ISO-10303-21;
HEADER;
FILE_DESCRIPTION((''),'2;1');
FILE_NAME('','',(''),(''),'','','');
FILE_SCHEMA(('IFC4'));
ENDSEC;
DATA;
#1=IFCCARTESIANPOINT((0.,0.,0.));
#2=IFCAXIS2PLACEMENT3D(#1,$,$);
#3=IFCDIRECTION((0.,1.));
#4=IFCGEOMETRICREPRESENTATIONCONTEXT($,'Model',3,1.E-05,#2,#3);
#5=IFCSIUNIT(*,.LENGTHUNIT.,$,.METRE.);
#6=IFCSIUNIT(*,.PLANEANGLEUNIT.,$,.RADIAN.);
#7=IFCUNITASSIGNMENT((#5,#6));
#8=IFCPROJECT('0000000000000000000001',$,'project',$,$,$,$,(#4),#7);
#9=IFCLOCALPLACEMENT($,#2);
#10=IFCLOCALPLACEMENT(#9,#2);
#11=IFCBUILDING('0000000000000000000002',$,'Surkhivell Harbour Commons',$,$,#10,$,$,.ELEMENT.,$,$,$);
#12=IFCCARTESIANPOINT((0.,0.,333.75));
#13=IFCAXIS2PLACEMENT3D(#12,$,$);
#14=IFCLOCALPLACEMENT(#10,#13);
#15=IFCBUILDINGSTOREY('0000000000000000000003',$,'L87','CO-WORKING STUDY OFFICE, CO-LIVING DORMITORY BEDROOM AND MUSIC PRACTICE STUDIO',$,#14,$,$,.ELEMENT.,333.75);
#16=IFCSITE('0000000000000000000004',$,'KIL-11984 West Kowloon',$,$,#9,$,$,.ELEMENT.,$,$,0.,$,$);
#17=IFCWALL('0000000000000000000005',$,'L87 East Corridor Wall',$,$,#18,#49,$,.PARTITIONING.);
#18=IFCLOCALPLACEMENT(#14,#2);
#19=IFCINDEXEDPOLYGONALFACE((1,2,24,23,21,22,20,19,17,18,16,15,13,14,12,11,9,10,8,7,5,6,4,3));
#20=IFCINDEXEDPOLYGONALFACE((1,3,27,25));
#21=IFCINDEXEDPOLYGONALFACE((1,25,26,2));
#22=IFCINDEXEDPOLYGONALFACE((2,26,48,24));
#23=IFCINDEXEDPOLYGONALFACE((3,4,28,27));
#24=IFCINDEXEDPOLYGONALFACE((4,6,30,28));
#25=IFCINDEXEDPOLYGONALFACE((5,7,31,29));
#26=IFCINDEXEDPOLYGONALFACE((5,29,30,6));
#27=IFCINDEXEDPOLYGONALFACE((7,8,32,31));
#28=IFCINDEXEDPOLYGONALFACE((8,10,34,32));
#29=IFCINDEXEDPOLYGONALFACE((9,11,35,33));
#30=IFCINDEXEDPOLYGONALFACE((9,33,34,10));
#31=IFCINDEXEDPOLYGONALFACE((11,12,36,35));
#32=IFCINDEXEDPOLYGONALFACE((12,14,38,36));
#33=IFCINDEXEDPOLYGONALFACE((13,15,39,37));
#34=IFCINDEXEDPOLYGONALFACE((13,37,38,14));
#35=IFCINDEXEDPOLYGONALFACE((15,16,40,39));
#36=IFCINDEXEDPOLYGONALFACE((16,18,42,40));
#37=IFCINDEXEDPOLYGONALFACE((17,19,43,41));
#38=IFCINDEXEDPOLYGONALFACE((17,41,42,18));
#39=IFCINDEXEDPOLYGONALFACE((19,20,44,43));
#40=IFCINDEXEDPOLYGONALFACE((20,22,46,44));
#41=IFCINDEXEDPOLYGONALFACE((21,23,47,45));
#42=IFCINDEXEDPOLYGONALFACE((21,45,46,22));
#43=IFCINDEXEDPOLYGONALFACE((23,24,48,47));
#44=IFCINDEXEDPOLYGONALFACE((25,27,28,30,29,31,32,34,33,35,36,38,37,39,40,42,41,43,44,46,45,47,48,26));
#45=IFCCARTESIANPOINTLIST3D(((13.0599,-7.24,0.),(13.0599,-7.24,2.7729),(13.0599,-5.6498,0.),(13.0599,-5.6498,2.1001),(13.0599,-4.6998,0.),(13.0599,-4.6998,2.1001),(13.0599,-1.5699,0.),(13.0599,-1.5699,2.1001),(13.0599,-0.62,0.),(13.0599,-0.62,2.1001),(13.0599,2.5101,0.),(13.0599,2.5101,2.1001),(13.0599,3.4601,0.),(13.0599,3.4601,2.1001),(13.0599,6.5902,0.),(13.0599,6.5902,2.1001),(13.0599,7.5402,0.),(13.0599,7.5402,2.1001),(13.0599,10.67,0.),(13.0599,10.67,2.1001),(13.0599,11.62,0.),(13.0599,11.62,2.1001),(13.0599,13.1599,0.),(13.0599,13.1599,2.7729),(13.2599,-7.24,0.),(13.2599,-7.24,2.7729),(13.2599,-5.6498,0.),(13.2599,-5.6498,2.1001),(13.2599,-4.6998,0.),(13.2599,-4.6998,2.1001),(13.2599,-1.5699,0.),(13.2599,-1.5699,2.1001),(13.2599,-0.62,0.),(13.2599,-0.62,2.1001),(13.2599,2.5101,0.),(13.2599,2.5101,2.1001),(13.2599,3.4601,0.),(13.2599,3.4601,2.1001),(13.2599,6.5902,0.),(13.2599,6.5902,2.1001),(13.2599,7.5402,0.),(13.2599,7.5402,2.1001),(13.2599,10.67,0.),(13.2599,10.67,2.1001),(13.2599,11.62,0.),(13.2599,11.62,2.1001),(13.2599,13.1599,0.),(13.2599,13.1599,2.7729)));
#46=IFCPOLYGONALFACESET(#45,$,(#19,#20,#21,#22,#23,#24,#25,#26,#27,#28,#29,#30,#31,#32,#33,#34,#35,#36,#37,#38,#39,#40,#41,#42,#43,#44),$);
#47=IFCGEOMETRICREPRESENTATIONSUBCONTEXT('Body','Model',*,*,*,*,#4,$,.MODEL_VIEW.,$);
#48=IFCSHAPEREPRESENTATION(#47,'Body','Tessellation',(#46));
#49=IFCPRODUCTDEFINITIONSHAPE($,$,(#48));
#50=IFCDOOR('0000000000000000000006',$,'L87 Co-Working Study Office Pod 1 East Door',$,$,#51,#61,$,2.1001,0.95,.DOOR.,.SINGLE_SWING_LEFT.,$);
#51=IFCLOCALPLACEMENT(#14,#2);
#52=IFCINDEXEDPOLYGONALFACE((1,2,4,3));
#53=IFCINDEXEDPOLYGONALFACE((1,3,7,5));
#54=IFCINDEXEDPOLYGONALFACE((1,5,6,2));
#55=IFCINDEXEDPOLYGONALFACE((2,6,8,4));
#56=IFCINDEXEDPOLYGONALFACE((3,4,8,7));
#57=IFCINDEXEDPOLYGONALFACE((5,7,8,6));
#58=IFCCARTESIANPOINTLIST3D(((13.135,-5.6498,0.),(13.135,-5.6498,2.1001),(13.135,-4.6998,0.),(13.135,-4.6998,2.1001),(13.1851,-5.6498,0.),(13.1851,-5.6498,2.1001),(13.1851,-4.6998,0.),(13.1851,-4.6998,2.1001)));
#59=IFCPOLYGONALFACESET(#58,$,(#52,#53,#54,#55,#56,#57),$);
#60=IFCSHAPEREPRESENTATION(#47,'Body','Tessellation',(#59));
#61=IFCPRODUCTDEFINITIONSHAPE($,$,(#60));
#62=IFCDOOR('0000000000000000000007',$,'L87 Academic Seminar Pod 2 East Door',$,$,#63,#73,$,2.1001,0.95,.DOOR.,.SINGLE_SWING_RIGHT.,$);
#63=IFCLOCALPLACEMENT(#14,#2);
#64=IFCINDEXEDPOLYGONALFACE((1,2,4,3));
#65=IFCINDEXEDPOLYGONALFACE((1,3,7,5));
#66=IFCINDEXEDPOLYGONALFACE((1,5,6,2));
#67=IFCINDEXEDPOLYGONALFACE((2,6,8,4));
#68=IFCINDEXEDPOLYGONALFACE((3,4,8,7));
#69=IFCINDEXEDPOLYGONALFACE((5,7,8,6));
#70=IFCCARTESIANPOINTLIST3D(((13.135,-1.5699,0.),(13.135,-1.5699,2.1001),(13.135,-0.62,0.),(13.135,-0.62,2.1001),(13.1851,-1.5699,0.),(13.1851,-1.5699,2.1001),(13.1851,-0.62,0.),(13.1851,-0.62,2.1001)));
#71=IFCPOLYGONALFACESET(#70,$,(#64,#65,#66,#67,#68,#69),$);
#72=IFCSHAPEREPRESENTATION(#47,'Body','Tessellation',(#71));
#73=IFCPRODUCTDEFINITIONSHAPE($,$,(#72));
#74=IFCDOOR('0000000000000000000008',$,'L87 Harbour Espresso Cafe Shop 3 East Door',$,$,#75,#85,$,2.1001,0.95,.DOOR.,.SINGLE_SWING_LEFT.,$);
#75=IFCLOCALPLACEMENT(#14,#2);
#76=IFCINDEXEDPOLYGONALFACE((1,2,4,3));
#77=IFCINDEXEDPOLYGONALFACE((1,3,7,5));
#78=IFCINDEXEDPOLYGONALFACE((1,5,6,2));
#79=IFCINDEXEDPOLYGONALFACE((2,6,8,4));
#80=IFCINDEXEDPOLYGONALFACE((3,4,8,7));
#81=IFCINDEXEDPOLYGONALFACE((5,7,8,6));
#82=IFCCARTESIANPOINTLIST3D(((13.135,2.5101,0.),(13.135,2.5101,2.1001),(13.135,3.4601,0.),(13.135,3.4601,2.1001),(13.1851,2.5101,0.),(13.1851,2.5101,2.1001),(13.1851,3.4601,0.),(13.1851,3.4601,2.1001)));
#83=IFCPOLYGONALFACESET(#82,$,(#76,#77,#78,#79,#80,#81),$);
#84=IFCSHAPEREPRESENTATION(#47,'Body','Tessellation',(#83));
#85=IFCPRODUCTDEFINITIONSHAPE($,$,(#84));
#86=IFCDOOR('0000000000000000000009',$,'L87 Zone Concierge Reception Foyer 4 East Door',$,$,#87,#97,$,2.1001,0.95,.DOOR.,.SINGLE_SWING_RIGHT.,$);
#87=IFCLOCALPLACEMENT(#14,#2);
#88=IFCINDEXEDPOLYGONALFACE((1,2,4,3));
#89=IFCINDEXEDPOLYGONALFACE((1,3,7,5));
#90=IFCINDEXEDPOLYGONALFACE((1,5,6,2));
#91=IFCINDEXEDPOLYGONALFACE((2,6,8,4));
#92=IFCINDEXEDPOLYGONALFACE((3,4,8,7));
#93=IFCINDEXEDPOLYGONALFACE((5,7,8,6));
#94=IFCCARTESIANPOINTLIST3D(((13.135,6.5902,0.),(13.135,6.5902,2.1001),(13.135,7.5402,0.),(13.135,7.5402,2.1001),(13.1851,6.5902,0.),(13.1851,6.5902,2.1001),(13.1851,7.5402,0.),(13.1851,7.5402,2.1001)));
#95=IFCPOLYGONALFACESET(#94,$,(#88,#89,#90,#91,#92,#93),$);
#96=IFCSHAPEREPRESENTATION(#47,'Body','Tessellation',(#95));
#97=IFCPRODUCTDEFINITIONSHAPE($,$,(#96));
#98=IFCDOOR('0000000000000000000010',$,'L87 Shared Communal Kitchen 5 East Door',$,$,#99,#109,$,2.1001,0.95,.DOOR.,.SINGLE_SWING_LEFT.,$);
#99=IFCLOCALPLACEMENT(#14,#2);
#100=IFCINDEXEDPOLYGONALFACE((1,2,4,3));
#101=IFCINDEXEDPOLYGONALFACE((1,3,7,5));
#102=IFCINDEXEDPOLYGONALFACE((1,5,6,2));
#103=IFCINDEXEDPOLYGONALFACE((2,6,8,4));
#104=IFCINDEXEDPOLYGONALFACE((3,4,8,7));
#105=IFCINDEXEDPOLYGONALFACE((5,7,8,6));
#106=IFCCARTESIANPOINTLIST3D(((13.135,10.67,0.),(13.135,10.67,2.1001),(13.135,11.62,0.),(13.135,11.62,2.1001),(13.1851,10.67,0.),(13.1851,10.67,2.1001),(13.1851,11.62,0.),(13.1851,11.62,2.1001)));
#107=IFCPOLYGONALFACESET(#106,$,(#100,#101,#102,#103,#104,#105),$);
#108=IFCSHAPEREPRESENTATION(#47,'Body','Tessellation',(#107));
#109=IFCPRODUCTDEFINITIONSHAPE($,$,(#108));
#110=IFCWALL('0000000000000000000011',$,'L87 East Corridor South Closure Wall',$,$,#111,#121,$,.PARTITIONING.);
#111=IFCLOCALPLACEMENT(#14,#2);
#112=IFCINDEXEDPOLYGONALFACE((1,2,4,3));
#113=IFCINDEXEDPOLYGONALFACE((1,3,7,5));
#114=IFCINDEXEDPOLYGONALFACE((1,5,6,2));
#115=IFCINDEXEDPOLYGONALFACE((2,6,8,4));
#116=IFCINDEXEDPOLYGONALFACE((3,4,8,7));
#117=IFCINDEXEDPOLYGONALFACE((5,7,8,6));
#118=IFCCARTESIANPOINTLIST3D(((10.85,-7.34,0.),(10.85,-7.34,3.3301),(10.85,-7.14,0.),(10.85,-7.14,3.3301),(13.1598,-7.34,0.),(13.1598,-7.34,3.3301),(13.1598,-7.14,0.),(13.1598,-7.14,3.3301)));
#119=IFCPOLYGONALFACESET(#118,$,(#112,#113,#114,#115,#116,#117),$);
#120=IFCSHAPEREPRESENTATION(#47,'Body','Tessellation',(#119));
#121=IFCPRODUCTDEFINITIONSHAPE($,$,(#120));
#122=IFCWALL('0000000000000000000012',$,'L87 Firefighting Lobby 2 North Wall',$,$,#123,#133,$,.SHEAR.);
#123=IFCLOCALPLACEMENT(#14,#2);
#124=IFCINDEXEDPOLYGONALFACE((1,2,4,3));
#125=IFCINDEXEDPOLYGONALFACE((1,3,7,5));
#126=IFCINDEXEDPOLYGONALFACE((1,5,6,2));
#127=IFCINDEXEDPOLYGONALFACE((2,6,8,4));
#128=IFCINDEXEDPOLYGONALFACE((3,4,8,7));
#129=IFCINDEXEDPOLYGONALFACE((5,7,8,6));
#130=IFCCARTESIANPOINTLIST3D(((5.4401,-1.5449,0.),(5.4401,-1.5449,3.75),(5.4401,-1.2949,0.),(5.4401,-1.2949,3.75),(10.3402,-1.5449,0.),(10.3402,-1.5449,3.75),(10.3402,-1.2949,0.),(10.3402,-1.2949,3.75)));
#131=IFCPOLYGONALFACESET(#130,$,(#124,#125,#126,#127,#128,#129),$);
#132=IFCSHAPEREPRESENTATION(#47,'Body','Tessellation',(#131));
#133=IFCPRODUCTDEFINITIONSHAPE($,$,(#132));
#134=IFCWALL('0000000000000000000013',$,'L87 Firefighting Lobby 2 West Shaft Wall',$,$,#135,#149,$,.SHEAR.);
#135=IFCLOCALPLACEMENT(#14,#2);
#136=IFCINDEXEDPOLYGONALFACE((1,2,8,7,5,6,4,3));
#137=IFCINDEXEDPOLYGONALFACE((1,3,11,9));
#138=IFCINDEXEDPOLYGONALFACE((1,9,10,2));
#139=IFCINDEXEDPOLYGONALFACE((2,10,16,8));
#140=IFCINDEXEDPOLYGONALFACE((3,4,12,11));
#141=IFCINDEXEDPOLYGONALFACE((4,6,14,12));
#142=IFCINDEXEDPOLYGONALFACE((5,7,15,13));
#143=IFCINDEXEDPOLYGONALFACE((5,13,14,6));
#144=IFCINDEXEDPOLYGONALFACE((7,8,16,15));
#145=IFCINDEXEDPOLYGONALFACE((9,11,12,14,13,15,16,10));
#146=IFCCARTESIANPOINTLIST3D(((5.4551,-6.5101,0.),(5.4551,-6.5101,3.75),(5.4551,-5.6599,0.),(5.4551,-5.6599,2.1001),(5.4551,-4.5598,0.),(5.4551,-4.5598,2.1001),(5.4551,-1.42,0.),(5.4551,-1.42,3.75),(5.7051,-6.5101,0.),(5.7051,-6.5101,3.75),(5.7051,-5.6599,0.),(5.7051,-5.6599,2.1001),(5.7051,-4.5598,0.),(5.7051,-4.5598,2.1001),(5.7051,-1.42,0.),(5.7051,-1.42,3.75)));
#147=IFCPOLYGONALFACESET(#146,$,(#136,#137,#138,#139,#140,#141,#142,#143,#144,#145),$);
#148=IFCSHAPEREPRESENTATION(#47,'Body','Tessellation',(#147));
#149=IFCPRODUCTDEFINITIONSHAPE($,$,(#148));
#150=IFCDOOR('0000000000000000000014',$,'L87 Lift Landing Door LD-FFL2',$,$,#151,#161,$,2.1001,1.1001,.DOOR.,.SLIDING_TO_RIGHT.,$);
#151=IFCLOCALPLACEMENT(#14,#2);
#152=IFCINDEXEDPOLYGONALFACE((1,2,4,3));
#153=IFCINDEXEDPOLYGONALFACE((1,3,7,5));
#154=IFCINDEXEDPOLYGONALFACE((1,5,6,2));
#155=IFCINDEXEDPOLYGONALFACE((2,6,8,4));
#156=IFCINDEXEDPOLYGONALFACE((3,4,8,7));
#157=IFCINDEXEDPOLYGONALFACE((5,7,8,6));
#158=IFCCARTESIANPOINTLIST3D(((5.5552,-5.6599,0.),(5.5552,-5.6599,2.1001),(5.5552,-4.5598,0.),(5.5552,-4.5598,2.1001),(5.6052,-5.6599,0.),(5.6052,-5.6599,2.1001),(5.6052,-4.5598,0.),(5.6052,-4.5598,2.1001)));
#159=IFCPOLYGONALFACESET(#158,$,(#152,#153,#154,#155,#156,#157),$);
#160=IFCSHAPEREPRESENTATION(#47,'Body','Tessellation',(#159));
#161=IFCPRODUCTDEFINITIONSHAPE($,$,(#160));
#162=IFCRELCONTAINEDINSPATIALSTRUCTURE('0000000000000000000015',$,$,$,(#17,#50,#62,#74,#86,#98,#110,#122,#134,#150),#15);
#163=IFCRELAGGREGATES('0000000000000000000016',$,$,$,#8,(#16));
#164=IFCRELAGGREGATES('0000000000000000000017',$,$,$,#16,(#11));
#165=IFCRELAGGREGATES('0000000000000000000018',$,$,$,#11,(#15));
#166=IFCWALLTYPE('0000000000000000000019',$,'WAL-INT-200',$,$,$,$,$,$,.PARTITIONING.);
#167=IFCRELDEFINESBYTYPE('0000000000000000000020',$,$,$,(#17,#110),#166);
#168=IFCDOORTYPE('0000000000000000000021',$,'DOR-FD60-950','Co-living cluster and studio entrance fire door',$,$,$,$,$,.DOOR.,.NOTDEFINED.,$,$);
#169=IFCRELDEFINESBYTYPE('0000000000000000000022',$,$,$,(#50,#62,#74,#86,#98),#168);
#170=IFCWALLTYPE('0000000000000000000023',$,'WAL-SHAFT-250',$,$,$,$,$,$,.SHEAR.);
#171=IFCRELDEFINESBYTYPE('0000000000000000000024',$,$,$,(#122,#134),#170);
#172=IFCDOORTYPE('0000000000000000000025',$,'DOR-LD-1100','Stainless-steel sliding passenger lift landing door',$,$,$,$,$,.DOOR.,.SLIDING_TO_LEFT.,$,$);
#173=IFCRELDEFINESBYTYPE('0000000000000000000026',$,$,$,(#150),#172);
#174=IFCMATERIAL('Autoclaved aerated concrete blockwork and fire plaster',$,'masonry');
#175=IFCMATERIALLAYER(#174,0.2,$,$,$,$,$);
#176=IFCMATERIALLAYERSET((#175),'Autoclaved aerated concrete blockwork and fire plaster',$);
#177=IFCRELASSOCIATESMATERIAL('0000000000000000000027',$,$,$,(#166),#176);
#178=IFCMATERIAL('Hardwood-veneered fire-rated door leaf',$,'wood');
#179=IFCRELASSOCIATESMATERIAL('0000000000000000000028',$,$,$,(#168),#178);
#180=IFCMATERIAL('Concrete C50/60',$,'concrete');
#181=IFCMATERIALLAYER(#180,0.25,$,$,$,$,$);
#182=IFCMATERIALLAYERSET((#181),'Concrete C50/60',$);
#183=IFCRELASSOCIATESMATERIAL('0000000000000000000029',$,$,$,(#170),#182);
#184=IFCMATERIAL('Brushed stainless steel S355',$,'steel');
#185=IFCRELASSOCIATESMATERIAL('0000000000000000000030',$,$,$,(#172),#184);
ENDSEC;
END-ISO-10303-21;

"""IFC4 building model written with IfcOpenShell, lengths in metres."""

from ifc_helpers import new_model, si_unit, direction, frame, frame_2d, origin, place, context, subcontext, project, spatial, rectangle, extrude, material, layer, layer_set, type_object, element, fill, save


model = new_model("IFC4")

# Units and contexts
model_context = context("Model", 3, precision=1e-05, world=origin(), true_north=direction((0.0, 1.0)))
body_context = subcontext(model_context, "Body", "Model", "MODEL_VIEW")
ifc_project = project(units=[si_unit("LENGTHUNIT", "METRE"), si_unit("PLANEANGLEUNIT", "RADIAN")], contexts=[model_context])

# Site, building, storey
site_placement = place(None, origin())
site = spatial("IfcSite", under=ifc_project, at=site_placement, Name="KIL-11984 West Kowloon", CompositionType="ELEMENT", RefElevation=0.0)
building_placement = place(site_placement, origin())
building = spatial("IfcBuilding", under=site, at=building_placement, Name="Surkhivell Harbour Commons", CompositionType="ELEMENT")
storey_placement = place(building_placement, frame((0.0, 0.0, 333.75)))
storey = spatial("IfcBuildingStorey", under=building, at=storey_placement, Name="L87", Description="CO-WORKING STUDY OFFICE, CO-LIVING DORMITORY BEDROOM AND MUSIC PRACTICE STUDIO", CompositionType="ELEMENT", Elevation=333.75)

# Shared definitions
ifc_material_1 = material(Name="Concrete C50/60", Category="concrete")

# Shared definitions
ifc_material_2 = material(Name="Hardwood-veneered fire-rated door leaf", Category="wood")

# Wall, openings, doors
ifc_material_3 = material(Name="Autoclaved aerated concrete blockwork and fire plaster", Category="masonry")
ifc_layer_1 = layer(ifc_material_3, 0.2)
ifc_layer_set_1 = layer_set([ifc_layer_1], Name="Autoclaved aerated concrete blockwork and fire plaster")
wall_type_1 = type_object("IfcWallType", Name="WAL-INT-200", PredefinedType="PARTITIONING", material=ifc_layer_set_1)
wall_1_placement = place(storey_placement, frame((13.1599, -7.24, 0.0), z_axis=(0.0, 0.0, 1.0), x_axis=(0.0, 1.0, 0.0)))
wall_1 = element("IfcWall", 1, at=wall_1_placement, inside=storey, type_object=wall_type_1, Name="L87 East Corridor Wall", PredefinedType="PARTITIONING", context=body_context, shape_type="SweptSolid", body=[
    extrude(rectangle(XDim=20.3999, YDim=0.2, at=frame_2d((10.2, 0.0))), origin(), (0.0, 0.0, 1.0), 2.7729),
])
opening_1_placement = place(wall_1_placement, frame((1.5901, 0.0, 0.0)))
opening_1 = element("IfcOpeningElement", 2, at=opening_1_placement, cuts=wall_1, PredefinedType="OPENING", context=body_context, shape_type="SweptSolid", body=[
    extrude(rectangle(XDim=0.95, YDim=2.1001, at=frame_2d((0.4751, 1.05))), frame((0.0, 0.1099, 0.0), z_axis=(0.0, -1.0, 0.0), x_axis=(1.0, 0.0, 0.0)), (0.0, 0.0, 1.0), 0.22),
])
opening_2_placement = place(wall_1_placement, frame((5.6699, 0.0, 0.0)))
opening_2 = element("IfcOpeningElement", 3, at=opening_2_placement, cuts=wall_1, PredefinedType="OPENING", context=body_context, shape_type="SweptSolid", body=[
    extrude(rectangle(XDim=0.95, YDim=2.1001, at=frame_2d((0.4751, 1.05))), frame((0.0, 0.1099, 0.0), z_axis=(0.0, -1.0, 0.0), x_axis=(1.0, 0.0, 0.0)), (0.0, 0.0, 1.0), 0.22),
])
opening_3_placement = place(wall_1_placement, frame((9.75, 0.0, 0.0)))
opening_3 = element("IfcOpeningElement", 4, at=opening_3_placement, cuts=wall_1, PredefinedType="OPENING", context=body_context, shape_type="SweptSolid", body=[
    extrude(rectangle(XDim=0.95, YDim=2.1001, at=frame_2d((0.4751, 1.05))), frame((0.0, 0.1099, 0.0), z_axis=(0.0, -1.0, 0.0), x_axis=(1.0, 0.0, 0.0)), (0.0, 0.0, 1.0), 0.22),
])
opening_4_placement = place(wall_1_placement, frame((13.8301, 0.0, 0.0)))
opening_4 = element("IfcOpeningElement", 5, at=opening_4_placement, cuts=wall_1, PredefinedType="OPENING", context=body_context, shape_type="SweptSolid", body=[
    extrude(rectangle(XDim=0.95, YDim=2.1001, at=frame_2d((0.4751, 1.05))), frame((0.0, 0.1099, 0.0), z_axis=(0.0, -1.0, 0.0), x_axis=(1.0, 0.0, 0.0)), (0.0, 0.0, 1.0), 0.22),
])
opening_5_placement = place(wall_1_placement, frame((17.9099, 0.0, 0.0)))
opening_5 = element("IfcOpeningElement", 6, at=opening_5_placement, cuts=wall_1, PredefinedType="OPENING", context=body_context, shape_type="SweptSolid", body=[
    extrude(rectangle(XDim=0.95, YDim=2.1001, at=frame_2d((0.4751, 1.05))), frame((0.0, 0.1099, 0.0), z_axis=(0.0, -1.0, 0.0), x_axis=(1.0, 0.0, 0.0)), (0.0, 0.0, 1.0), 0.22),
])
door_type_1 = type_object("IfcDoorType", Name="DOR-FD60-950", Description="Co-living cluster and studio entrance fire door", OperationType="NOTDEFINED", PredefinedType="DOOR", material=ifc_material_2)
door_1_placement = place(opening_1_placement, origin())
door_1 = element("IfcDoor", 7, at=door_1_placement, inside=storey, type_object=door_type_1, Name="L87 Co-Working Study Office Pod 1 East Door", OperationType="SINGLE_SWING_LEFT", OverallHeight=2.1001, OverallWidth=0.95, PredefinedType="DOOR", context=body_context, shape_type="SweptSolid", body=[
    extrude(rectangle(XDim=0.95, YDim=2.1001, at=frame_2d((0.4751, 1.05))), frame((0.0, 0.0249, 0.0), z_axis=(0.0, -1.0, 0.0), x_axis=(1.0, 0.0, 0.0)), (0.0, 0.0, 1.0), 0.05),
])
fill(opening_1, door_1)
door_2_placement = place(opening_2_placement, origin())
door_2 = element("IfcDoor", 8, at=door_2_placement, inside=storey, type_object=door_type_1, Name="L87 Academic Seminar Pod 2 East Door", OperationType="SINGLE_SWING_RIGHT", OverallHeight=2.1001, OverallWidth=0.95, PredefinedType="DOOR", context=body_context, shape_type="SweptSolid", body=[
    extrude(rectangle(XDim=0.95, YDim=2.1001, at=frame_2d((0.4751, 1.05))), frame((0.0, 0.0249, 0.0), z_axis=(0.0, -1.0, 0.0), x_axis=(1.0, 0.0, 0.0)), (0.0, 0.0, 1.0), 0.05),
])
fill(opening_2, door_2)
door_3_placement = place(opening_3_placement, origin())
door_3 = element("IfcDoor", 9, at=door_3_placement, inside=storey, type_object=door_type_1, Name="L87 Harbour Espresso Cafe Shop 3 East Door", OperationType="SINGLE_SWING_LEFT", OverallHeight=2.1001, OverallWidth=0.95, PredefinedType="DOOR", context=body_context, shape_type="SweptSolid", body=[
    extrude(rectangle(XDim=0.95, YDim=2.1001, at=frame_2d((0.4751, 1.05))), frame((0.0, 0.0249, 0.0), z_axis=(0.0, -1.0, 0.0), x_axis=(1.0, 0.0, 0.0)), (0.0, 0.0, 1.0), 0.05),
])
fill(opening_3, door_3)
door_4_placement = place(opening_4_placement, origin())
door_4 = element("IfcDoor", 10, at=door_4_placement, inside=storey, type_object=door_type_1, Name="L87 Zone Concierge Reception Foyer 4 East Door", OperationType="SINGLE_SWING_RIGHT", OverallHeight=2.1001, OverallWidth=0.95, PredefinedType="DOOR", context=body_context, shape_type="SweptSolid", body=[
    extrude(rectangle(XDim=0.95, YDim=2.1001, at=frame_2d((0.4751, 1.05))), frame((0.0, 0.0249, 0.0), z_axis=(0.0, -1.0, 0.0), x_axis=(1.0, 0.0, 0.0)), (0.0, 0.0, 1.0), 0.05),
])
fill(opening_4, door_4)
door_5_placement = place(opening_5_placement, origin())
door_5 = element("IfcDoor", 11, at=door_5_placement, inside=storey, type_object=door_type_1, Name="L87 Shared Communal Kitchen 5 East Door", OperationType="SINGLE_SWING_LEFT", OverallHeight=2.1001, OverallWidth=0.95, PredefinedType="DOOR", context=body_context, shape_type="SweptSolid", body=[
    extrude(rectangle(XDim=0.95, YDim=2.1001, at=frame_2d((0.4751, 1.05))), frame((0.0, 0.0249, 0.0), z_axis=(0.0, -1.0, 0.0), x_axis=(1.0, 0.0, 0.0)), (0.0, 0.0, 1.0), 0.05),
])
fill(opening_5, door_5)

# Walls
wall_2_placement = place(storey_placement, frame((10.8501, -7.24, 0.0), z_axis=(0.0, 0.0, 1.0), x_axis=(1.0, 0.0, 0.0)))
element("IfcWall", 12, at=wall_2_placement, inside=storey, type_object=wall_type_1, Name="L87 East Corridor South Closure Wall", PredefinedType="PARTITIONING", context=body_context, shape_type="SweptSolid", body=[
    extrude(rectangle(XDim=2.3098, YDim=0.2, at=frame_2d((1.1548, 0.0))), origin(), (0.0, 0.0, 1.0), 3.3301),
])
ifc_layer_2 = layer(ifc_material_1, 0.25)
ifc_layer_set_2 = layer_set([ifc_layer_2], Name="Concrete C50/60")
wall_type_2 = type_object("IfcWallType", Name="WAL-SHAFT-250", PredefinedType="SHEAR", material=ifc_layer_set_2)
wall_3_placement = place(storey_placement, frame((5.4399, -1.4199, 0.0), z_axis=(0.0, 0.0, 1.0), x_axis=(1.0, 0.0, 0.0)))
element("IfcWall", 13, at=wall_3_placement, inside=storey, type_object=wall_type_2, Name="L87 Firefighting Lobby 2 North Wall", PredefinedType="SHEAR", context=body_context, shape_type="SweptSolid", body=[
    extrude(rectangle(XDim=4.9001, YDim=0.25, at=frame_2d((2.4502, 0.0))), origin(), (0.0, 0.0, 1.0), 3.75),
])

# Wall, opening, door
wall_4_placement = place(storey_placement, frame((5.5801, -6.51, 0.0), z_axis=(0.0, 0.0, 1.0), x_axis=(0.0, 1.0, 0.0)))
wall_4 = element("IfcWall", 14, at=wall_4_placement, inside=storey, type_object=wall_type_2, Name="L87 Firefighting Lobby 2 West Shaft Wall", PredefinedType="SHEAR", context=body_context, shape_type="SweptSolid", body=[
    extrude(rectangle(XDim=5.0901, YDim=0.25, at=frame_2d((2.5449, 0.0))), origin(), (0.0, 0.0, 1.0), 3.75),
])
opening_6_placement = place(wall_4_placement, frame((0.8501, 0.0, 0.0)))
opening_6 = element("IfcOpeningElement", 15, at=opening_6_placement, cuts=wall_4, PredefinedType="OPENING", context=body_context, shape_type="SweptSolid", body=[
    extrude(rectangle(XDim=1.1001, YDim=2.1001, at=frame_2d((0.55, 1.05))), frame((0.0, 0.135, 0.0), z_axis=(0.0, -1.0, 0.0), x_axis=(1.0, 0.0, 0.0)), (0.0, 0.0, 1.0), 0.27),
])
ifc_material_4 = material(Name="Brushed stainless steel S355", Category="steel")
door_type_2 = type_object("IfcDoorType", Name="DOR-LD-1100", Description="Stainless-steel sliding passenger lift landing door", OperationType="SLIDING_TO_LEFT", PredefinedType="DOOR", material=ifc_material_4)
door_6_placement = place(opening_6_placement, origin())
door_6 = element("IfcDoor", 16, at=door_6_placement, inside=storey, type_object=door_type_2, Name="L87 Lift Landing Door LD-FFL2", OperationType="SLIDING_TO_RIGHT", OverallHeight=2.1001, OverallWidth=1.1001, PredefinedType="DOOR", context=body_context, shape_type="SweptSolid", body=[
    extrude(rectangle(XDim=1.1001, YDim=2.1001, at=frame_2d((0.55, 1.05))), frame((0.0, 0.0249, 0.0), z_axis=(0.0, -1.0, 0.0), x_axis=(1.0, 0.0, 0.0)), (0.0, 0.0, 1.0), 0.05),
])
fill(opening_6, door_6)

save(model, "model.ifc")
